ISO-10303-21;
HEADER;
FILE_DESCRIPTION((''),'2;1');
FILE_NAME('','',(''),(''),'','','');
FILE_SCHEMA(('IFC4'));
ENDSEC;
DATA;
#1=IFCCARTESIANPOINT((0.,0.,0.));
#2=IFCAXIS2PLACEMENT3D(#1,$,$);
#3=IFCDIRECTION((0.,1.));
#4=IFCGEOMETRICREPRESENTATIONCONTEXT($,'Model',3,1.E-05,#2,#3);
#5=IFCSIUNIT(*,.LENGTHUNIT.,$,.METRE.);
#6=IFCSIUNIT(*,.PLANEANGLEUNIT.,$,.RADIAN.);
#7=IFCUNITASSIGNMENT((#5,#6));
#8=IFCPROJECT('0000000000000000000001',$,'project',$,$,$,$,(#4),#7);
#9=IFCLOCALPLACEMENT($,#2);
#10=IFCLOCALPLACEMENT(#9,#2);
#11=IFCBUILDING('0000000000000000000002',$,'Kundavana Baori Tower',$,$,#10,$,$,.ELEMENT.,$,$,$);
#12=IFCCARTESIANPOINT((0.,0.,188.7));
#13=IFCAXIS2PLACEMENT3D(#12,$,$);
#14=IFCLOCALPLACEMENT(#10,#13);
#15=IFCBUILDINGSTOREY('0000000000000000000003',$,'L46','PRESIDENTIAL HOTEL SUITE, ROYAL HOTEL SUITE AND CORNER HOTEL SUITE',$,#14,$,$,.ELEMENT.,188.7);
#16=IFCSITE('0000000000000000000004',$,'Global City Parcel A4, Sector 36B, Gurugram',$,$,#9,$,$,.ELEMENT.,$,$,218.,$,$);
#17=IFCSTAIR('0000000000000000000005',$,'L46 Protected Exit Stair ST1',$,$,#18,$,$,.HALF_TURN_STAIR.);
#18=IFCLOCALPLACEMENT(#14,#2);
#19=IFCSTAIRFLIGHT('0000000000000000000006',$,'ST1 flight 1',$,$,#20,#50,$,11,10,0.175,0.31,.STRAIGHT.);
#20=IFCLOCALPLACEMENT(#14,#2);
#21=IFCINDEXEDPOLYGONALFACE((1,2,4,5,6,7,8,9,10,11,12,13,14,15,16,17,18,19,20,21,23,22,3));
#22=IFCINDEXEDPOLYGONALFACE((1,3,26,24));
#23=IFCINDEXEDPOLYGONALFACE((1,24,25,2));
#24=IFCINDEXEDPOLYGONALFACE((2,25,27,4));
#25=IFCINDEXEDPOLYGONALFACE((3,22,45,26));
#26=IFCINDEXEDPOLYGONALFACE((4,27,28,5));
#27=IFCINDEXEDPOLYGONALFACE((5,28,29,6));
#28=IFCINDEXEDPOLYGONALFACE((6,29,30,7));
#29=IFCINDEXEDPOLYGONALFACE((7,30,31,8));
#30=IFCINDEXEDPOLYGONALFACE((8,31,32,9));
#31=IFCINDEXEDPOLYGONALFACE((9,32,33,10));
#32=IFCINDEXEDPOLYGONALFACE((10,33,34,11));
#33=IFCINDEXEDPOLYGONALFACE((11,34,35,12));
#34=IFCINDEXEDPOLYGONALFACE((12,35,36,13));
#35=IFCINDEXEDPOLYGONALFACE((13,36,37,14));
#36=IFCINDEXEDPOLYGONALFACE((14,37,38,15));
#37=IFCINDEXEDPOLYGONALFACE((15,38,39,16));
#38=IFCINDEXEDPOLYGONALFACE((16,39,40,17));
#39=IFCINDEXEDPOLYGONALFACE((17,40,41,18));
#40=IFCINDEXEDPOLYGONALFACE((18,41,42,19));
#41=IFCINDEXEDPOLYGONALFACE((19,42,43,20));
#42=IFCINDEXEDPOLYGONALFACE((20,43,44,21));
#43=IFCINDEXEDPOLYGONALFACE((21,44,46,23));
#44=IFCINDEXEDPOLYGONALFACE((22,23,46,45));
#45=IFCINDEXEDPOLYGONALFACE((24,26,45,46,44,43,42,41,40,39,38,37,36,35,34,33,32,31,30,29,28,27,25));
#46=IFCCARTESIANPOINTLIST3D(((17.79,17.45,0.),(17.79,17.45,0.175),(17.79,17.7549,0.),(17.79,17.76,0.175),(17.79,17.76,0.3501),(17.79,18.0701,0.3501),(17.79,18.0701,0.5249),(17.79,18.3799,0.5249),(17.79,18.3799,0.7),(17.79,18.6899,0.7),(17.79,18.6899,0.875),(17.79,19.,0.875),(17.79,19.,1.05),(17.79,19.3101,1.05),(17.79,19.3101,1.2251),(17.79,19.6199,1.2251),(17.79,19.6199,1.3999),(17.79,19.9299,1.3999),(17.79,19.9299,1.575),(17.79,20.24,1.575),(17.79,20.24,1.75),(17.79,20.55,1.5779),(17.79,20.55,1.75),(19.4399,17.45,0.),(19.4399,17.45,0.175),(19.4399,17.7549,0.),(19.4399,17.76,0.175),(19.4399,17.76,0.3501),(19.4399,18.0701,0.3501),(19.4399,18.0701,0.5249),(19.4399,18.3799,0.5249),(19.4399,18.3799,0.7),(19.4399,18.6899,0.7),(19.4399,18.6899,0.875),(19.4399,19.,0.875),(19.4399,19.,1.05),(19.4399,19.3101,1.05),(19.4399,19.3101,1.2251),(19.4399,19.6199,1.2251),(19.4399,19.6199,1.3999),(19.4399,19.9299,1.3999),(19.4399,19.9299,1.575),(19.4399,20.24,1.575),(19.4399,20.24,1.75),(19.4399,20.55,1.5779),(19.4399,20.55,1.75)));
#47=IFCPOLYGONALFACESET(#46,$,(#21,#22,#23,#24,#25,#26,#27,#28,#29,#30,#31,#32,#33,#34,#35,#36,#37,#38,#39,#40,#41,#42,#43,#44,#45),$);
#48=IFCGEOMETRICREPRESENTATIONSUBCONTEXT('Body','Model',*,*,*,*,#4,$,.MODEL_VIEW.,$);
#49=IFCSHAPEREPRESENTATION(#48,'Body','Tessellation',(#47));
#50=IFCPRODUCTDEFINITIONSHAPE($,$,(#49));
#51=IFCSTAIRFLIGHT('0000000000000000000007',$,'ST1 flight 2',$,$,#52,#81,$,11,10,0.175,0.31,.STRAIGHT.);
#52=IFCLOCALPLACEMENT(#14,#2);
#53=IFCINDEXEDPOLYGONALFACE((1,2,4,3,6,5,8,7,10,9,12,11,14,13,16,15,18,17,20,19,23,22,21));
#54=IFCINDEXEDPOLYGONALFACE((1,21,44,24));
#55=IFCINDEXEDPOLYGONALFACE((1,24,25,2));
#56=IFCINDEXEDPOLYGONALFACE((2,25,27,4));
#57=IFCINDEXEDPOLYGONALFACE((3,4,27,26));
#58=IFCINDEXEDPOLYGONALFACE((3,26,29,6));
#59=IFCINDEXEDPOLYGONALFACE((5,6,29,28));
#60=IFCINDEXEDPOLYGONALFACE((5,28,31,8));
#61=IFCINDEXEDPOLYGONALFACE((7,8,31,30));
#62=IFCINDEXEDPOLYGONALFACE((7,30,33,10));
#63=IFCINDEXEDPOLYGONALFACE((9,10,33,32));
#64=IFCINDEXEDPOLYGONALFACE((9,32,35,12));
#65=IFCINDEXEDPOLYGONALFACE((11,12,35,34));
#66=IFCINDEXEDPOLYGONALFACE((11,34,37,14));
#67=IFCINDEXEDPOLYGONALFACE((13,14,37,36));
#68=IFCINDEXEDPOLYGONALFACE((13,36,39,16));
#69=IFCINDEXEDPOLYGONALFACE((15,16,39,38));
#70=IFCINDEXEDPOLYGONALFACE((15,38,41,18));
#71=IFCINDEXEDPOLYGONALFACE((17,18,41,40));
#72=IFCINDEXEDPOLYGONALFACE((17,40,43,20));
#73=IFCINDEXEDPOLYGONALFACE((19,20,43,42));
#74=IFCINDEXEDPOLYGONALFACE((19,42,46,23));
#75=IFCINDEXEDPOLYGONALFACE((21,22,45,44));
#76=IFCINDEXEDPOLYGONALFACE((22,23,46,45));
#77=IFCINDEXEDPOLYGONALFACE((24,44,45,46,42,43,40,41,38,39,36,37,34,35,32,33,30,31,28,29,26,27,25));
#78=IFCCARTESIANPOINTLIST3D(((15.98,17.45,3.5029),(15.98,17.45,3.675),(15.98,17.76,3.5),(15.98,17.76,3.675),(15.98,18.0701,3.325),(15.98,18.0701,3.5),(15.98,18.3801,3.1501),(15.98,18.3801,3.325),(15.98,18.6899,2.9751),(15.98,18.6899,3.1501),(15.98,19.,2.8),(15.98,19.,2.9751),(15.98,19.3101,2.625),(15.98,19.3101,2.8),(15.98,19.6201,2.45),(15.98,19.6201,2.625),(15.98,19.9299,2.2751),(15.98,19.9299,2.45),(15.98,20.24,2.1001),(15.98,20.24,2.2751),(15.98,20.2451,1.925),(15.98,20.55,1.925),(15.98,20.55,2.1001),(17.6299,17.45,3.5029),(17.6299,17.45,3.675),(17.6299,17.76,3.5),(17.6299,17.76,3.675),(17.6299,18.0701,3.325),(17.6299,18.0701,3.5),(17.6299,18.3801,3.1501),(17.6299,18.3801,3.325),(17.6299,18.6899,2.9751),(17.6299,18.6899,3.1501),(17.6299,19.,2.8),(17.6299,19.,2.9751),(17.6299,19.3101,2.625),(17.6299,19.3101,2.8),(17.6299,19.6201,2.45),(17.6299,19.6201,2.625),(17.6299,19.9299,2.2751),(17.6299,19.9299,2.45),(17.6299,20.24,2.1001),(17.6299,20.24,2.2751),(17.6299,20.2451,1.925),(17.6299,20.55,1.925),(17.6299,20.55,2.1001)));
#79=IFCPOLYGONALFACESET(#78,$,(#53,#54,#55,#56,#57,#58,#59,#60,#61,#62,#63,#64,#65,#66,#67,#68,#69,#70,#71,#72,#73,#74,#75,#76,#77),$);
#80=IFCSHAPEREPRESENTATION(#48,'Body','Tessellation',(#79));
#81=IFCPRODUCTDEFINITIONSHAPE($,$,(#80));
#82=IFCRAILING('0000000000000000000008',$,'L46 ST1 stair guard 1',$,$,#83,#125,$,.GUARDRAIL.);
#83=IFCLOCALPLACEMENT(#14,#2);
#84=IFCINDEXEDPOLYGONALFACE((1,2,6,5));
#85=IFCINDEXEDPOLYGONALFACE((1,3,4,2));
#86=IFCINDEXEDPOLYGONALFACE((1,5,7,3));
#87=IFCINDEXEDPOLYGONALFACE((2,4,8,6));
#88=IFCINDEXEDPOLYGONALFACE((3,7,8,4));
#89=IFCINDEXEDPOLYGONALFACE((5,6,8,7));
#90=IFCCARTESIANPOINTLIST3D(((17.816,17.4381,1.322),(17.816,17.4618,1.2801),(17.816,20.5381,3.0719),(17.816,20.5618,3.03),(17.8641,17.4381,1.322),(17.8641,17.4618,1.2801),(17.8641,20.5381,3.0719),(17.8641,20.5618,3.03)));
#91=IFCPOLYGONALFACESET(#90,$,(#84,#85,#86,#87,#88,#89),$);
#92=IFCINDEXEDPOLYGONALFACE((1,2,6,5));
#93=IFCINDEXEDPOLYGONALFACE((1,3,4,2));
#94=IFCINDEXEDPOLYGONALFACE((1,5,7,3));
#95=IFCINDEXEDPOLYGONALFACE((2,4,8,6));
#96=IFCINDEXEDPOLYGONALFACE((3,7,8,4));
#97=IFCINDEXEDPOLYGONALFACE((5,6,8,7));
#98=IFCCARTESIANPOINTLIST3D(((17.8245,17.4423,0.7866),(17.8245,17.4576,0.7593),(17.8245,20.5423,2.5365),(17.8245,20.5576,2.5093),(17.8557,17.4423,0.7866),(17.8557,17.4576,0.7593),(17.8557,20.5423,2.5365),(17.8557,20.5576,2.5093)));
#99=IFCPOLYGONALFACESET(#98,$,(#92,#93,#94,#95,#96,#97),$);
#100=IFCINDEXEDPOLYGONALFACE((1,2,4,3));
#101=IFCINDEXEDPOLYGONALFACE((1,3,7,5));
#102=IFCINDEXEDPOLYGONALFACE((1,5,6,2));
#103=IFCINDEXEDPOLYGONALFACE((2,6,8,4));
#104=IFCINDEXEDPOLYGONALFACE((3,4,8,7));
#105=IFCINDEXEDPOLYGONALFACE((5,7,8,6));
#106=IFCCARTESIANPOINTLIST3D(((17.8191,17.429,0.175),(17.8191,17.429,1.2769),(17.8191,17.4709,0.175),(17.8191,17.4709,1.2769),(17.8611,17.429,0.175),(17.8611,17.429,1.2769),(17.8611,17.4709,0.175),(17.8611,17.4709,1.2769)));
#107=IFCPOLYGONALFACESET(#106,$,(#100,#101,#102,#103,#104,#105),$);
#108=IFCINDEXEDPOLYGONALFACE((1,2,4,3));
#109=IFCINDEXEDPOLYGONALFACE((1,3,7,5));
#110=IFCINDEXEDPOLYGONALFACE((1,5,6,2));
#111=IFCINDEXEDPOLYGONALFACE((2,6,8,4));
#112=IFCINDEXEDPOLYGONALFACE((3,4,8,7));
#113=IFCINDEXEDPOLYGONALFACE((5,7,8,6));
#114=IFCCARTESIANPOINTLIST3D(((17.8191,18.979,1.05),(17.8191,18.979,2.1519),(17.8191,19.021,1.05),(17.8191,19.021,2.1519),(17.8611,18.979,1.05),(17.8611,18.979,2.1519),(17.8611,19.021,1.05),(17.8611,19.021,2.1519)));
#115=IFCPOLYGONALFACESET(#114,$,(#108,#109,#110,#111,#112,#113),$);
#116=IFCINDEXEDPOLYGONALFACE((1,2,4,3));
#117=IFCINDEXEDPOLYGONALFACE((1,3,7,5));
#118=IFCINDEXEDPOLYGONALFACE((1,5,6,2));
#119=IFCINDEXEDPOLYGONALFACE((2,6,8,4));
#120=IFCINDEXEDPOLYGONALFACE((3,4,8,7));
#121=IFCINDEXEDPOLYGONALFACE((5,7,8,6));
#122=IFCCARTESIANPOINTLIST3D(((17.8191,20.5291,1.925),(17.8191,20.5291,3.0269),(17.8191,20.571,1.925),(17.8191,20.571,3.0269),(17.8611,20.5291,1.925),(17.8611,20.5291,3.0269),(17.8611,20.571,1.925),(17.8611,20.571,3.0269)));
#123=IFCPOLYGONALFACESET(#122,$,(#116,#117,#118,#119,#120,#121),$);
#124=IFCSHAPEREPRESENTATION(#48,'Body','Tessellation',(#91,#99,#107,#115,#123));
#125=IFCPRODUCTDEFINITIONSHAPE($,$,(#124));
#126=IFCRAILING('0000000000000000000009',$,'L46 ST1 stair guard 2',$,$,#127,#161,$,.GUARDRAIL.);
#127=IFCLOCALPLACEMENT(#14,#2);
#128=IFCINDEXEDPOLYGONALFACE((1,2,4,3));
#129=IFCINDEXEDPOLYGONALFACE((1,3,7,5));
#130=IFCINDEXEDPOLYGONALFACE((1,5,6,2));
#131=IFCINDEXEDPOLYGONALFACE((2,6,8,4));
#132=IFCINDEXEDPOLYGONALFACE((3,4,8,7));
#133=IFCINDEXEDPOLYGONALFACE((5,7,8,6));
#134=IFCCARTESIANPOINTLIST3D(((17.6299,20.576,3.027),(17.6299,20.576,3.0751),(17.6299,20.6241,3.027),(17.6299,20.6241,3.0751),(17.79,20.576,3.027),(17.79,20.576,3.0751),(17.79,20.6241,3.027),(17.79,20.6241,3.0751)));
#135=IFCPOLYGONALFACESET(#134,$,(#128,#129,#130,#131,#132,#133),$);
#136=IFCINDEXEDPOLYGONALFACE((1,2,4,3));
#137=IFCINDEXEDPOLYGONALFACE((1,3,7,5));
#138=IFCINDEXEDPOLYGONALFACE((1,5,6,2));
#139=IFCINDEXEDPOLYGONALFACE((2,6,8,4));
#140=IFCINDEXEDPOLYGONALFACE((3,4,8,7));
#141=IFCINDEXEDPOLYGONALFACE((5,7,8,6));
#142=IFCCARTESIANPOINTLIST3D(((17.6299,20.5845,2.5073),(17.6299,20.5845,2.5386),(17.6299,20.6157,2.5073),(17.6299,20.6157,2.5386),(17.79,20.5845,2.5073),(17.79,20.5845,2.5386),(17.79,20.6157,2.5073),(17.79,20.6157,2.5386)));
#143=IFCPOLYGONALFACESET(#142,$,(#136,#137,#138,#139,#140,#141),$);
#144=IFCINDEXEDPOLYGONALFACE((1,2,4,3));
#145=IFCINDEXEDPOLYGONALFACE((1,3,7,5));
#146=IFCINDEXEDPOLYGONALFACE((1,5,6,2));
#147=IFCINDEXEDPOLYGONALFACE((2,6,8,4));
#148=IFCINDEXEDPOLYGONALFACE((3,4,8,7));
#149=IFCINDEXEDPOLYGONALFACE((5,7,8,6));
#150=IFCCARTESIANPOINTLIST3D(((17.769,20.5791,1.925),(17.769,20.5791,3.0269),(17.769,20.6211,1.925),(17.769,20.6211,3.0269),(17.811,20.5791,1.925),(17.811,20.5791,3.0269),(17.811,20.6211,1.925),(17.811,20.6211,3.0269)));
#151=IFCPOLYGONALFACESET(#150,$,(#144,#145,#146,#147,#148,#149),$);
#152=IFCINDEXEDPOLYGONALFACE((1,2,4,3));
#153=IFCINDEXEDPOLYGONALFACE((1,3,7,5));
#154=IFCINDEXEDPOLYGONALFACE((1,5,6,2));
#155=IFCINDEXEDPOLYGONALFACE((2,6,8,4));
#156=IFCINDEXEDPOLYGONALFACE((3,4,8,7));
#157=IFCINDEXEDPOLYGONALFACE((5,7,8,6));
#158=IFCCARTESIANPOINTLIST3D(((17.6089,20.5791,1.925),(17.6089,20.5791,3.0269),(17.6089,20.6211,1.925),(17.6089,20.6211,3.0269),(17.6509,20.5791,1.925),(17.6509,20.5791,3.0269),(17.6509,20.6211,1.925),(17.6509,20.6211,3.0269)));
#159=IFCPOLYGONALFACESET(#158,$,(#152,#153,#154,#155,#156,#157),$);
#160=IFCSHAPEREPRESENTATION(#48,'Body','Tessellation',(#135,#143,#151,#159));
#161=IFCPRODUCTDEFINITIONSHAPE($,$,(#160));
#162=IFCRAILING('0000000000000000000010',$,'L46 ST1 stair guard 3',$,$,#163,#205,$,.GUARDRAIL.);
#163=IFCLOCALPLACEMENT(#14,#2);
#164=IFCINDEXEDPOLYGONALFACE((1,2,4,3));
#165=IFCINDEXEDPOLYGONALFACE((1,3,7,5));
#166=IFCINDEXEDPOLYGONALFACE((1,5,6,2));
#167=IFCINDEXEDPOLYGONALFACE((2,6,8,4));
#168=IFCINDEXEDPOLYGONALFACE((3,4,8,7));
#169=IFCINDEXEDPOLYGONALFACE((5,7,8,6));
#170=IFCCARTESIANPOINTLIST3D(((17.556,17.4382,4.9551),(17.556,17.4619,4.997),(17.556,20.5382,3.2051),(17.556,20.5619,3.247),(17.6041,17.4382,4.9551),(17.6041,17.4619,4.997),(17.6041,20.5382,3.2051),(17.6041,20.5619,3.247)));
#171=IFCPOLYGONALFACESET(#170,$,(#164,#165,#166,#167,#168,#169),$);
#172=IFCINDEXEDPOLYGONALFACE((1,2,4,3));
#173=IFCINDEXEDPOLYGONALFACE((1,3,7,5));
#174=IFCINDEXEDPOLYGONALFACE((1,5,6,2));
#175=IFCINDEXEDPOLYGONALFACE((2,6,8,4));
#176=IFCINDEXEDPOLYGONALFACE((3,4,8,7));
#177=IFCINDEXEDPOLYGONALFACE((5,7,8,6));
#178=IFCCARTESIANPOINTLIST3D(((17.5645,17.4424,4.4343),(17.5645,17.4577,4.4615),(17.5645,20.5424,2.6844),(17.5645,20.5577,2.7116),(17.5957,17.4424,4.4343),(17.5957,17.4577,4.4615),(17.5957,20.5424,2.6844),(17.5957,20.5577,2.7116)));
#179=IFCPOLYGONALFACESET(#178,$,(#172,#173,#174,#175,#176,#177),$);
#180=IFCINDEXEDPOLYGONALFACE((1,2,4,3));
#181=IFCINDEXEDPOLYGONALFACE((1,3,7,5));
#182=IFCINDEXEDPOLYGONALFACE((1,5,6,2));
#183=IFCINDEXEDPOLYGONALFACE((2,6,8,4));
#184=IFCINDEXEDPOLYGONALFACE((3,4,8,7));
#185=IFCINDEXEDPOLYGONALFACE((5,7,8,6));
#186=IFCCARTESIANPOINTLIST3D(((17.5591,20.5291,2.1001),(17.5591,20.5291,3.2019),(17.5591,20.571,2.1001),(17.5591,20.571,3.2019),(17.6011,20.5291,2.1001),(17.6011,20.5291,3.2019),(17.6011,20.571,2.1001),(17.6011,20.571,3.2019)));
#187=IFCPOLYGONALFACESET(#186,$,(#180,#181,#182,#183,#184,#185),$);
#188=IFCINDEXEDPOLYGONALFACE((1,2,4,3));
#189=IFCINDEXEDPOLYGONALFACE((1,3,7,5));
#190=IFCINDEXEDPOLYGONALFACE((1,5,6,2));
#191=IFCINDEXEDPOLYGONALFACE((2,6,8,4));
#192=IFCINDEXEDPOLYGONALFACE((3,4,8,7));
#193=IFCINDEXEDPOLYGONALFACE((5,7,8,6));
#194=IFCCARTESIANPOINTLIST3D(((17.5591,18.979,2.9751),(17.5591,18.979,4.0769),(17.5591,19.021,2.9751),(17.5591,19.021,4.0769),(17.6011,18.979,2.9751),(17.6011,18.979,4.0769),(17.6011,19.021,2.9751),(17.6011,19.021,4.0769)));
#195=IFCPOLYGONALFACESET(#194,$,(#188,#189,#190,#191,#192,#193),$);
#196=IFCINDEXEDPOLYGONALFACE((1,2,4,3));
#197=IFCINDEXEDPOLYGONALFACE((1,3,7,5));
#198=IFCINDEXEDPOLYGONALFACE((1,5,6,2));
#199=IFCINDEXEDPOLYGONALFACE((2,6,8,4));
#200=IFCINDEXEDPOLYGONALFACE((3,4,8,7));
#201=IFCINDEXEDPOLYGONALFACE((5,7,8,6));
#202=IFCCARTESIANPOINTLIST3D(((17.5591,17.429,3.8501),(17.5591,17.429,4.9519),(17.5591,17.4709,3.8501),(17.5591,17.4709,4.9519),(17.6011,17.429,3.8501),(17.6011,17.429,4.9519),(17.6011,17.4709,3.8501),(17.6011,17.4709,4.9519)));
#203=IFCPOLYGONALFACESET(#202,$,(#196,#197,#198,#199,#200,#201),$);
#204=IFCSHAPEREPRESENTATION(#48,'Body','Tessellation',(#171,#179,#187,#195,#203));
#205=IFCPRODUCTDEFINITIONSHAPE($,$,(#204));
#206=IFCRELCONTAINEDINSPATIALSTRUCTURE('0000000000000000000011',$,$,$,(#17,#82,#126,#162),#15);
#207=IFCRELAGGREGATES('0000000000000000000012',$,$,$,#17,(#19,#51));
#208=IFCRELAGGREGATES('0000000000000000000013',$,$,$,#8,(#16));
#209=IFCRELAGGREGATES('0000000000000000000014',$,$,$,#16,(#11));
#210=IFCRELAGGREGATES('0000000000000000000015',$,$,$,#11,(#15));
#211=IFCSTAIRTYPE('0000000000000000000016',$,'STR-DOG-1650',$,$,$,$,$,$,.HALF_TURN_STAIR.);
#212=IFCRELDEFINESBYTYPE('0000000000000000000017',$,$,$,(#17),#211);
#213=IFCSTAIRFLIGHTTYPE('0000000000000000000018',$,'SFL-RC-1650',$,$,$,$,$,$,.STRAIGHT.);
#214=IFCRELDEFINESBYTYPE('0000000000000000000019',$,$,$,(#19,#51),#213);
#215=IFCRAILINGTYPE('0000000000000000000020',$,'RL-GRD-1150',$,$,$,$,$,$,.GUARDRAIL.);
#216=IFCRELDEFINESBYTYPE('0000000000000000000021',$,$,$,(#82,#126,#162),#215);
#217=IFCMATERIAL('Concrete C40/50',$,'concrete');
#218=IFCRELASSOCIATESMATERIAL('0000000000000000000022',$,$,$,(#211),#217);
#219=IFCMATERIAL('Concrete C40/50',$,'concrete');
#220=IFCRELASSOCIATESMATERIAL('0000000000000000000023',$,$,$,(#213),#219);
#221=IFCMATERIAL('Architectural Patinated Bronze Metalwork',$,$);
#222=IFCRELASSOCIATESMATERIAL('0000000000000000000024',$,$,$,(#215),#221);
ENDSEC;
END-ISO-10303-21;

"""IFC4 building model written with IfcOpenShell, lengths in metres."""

from ifc_helpers import new_model, si_unit, direction, frame, origin, origin_2d, place, context, subcontext, project, spatial, polyline, rectangle, outline, extrude, material, type_object, element, aggregate, save


model = new_model("IFC4")

# Units and contexts
model_context = context("Model", 3, precision=1e-05, world=origin(), true_north=direction((0.0, 1.0)))
body_context = subcontext(model_context, "Body", "Model", "MODEL_VIEW")
ifc_project = project(units=[si_unit("LENGTHUNIT", "METRE"), si_unit("PLANEANGLEUNIT", "RADIAN")], contexts=[model_context])

# Site, building, storey
site_placement = place(None, origin())
site = spatial("IfcSite", under=ifc_project, at=site_placement, Name="Global City Parcel A4, Sector 36B, Gurugram", CompositionType="ELEMENT", RefElevation=218.0)
building_placement = place(site_placement, origin())
building = spatial("IfcBuilding", under=site, at=building_placement, Name="Kundavana Baori Tower", CompositionType="ELEMENT")
storey_placement = place(building_placement, frame((0.0, 0.0, 188.7)))
storey = spatial("IfcBuildingStorey", under=building, at=storey_placement, Name="L46", Description="PRESIDENTIAL HOTEL SUITE, ROYAL HOTEL SUITE AND CORNER HOTEL SUITE", CompositionType="ELEMENT", Elevation=188.7)

# Stair, stair flights
ifc_material_1 = material(Name="Concrete C40/50", Category="concrete")
stair_type = type_object("IfcStairType", Name="STR-DOG-1650", PredefinedType="HALF_TURN_STAIR", material=ifc_material_1)
stair_placement = place(storey_placement, origin())
stair = element("IfcStair", 1, at=stair_placement, inside=storey, type_object=stair_type, Name="L46 Protected Exit Stair ST1", PredefinedType="HALF_TURN_STAIR")
ifc_material_2 = material(Name="Concrete C40/50", Category="concrete")
stair_flight_type = type_object("IfcStairFlightType", Name="SFL-RC-1650", PredefinedType="STRAIGHT", material=ifc_material_2)
stair_flight_1_placement = place(storey_placement, frame((18.615, 17.45, 0.0), z_axis=(0.0, 0.0, 1.0), x_axis=(0.0, 1.0, 0.0)))
stair_flight_1 = element("IfcStairFlight", 2, at=stair_flight_1_placement, type_object=stair_flight_type, Name="ST1 flight 1", NumberOfRisers=11, NumberOfTreads=10, PredefinedType="STRAIGHT", RiserHeight=0.175, TreadLength=0.31, context=body_context, shape_type="SweptSolid", body=[
    extrude(outline(polyline([(0.0, 0.0), (0.0, 0.175), (0.3101, 0.175), (0.3101, 0.3501), (0.6201, 0.3501), (0.6201, 0.5249), (0.9299, 0.5249), (0.9299, 0.7), (1.24, 0.7), (1.24, 0.875), (1.55, 0.875), (1.55, 1.05), (1.8601, 1.05), (1.8601, 1.2251), (2.1699, 1.2251), (2.1699, 1.3999), (2.48, 1.3999), (2.48, 1.575), (2.79, 1.575), (2.79, 1.75), (3.1001, 1.75), (3.1001, 1.925), (3.1001, 1.5779), (0.3049, 0.0), (0.0, 0.0)])), frame((0.0, 0.825, 0.0), z_axis=(0.0, -1.0, 0.0), x_axis=(1.0, 0.0, 0.0)), (0.0, 0.0, 1.0), 1.6499),
])
stair_flight_2_placement = place(storey_placement, frame((16.8049, 20.55, 1.925), z_axis=(0.0, 0.0, 1.0), x_axis=(0.0, -1.0, 0.0)))
stair_flight_2 = element("IfcStairFlight", 3, at=stair_flight_2_placement, type_object=stair_flight_type, Name="ST1 flight 2", NumberOfRisers=11, NumberOfTreads=10, PredefinedType="STRAIGHT", RiserHeight=0.175, TreadLength=0.31, context=body_context, shape_type="SweptSolid", body=[
    extrude(outline(polyline([(0.0, 0.0), (0.0, 0.175), (0.3101, 0.175), (0.3101, 0.3501), (0.6201, 0.3501), (0.6201, 0.5249), (0.9299, 0.5249), (0.9299, 0.7), (1.24, 0.7), (1.24, 0.875), (1.55, 0.875), (1.55, 1.05), (1.8601, 1.05), (1.8601, 1.2251), (2.1699, 1.2251), (2.1699, 1.3999), (2.48, 1.3999), (2.48, 1.575), (2.79, 1.575), (2.79, 1.75), (3.1001, 1.75), (3.1001, 1.925), (3.1001, 1.5779), (0.3049, 0.0), (0.0, 0.0)])), frame((0.0, 0.825, 0.0), z_axis=(0.0, -1.0, 0.0), x_axis=(1.0, 0.0, 0.0)), (0.0, 0.0, 1.0), 1.6499),
])
aggregate(stair, [stair_flight_1, stair_flight_2])

# Railings
ifc_material_3 = material(Name="Architectural Patinated Bronze Metalwork")
railing_type_1 = type_object("IfcRailingType", Name="RL-GRD-1150", PredefinedType="GUARDRAIL", material=ifc_material_3)
railing_1_placement = place(storey_placement, frame((17.8401, 17.45, 0.175)))
element("IfcRailing", 4, at=railing_1_placement, inside=storey, type_object=railing_type_1, Name="L46 ST1 stair guard 1", PredefinedType="GUARDRAIL", context=body_context, shape_type="SweptSolid", body=[
    extrude(rectangle(XDim=0.0481, YDim=0.0481, at=origin_2d()), frame((0.0, 0.0, 1.126), z_axis=(0.0, 0.870831, 0.491583), x_axis=(-1.0, 0.0, 0.0)), (0.0, 0.0, 1.0), 3.5598),
    extrude(rectangle(XDim=0.0312, YDim=0.0312, at=origin_2d()), frame((0.0, 0.0, 0.5979), z_axis=(0.0, 0.870831, 0.491583), x_axis=(-1.0, 0.0, 0.0)), (0.0, 0.0, 1.0), 3.5598),
    extrude(rectangle(XDim=0.042, YDim=0.042, at=origin_2d()), origin(), (0.0, 0.0, 1.0), 1.1018),
    extrude(rectangle(XDim=0.042, YDim=0.042, at=origin_2d()), frame((0.0, 1.55, 0.875)), (0.0, 0.0, 1.0), 1.1018),
    extrude(rectangle(XDim=0.042, YDim=0.042, at=origin_2d()), frame((0.0, 3.1001, 1.75)), (0.0, 0.0, 1.0), 1.1018),
])
railing_2_placement = place(storey_placement, frame((17.79, 20.6001, 1.925)))
element("IfcRailing", 5, at=railing_2_placement, inside=storey, type_object=railing_type_1, Name="L46 ST1 stair guard 2", PredefinedType="GUARDRAIL", context=body_context, shape_type="SweptSolid", body=[
    extrude(rectangle(XDim=0.0481, YDim=0.0481, at=origin_2d()), frame((0.0, 0.0, 1.126), z_axis=(-1.0, 0.0, 0.0), x_axis=(0.0, -1.0, 0.0)), (0.0, 0.0, 1.0), 0.1602),
    extrude(rectangle(XDim=0.0312, YDim=0.0312, at=origin_2d()), frame((0.0, 0.0, 0.5979), z_axis=(-1.0, 0.0, 0.0), x_axis=(0.0, -1.0, 0.0)), (0.0, 0.0, 1.0), 0.1602),
    extrude(rectangle(XDim=0.042, YDim=0.042, at=origin_2d()), origin(), (0.0, 0.0, 1.0), 1.1018),
    extrude(rectangle(XDim=0.042, YDim=0.042, at=origin_2d()), frame((-0.1602, 0.0, 0.0)), (0.0, 0.0, 1.0), 1.1018),
])
railing_3_placement = place(storey_placement, frame((17.5801, 20.55, 2.1001)))
element("IfcRailing", 6, at=railing_3_placement, inside=storey, type_object=railing_type_1, Name="L46 ST1 stair guard 3", PredefinedType="GUARDRAIL", context=body_context, shape_type="SweptSolid", body=[
    extrude(rectangle(XDim=0.0481, YDim=0.0481, at=origin_2d()), frame((0.0, 0.0, 1.126), z_axis=(0.0, -0.870831, 0.491583), x_axis=(1.0, 0.0, 0.0)), (0.0, 0.0, 1.0), 3.5598),
    extrude(rectangle(XDim=0.0312, YDim=0.0312, at=origin_2d()), frame((0.0, 0.0, 0.5979), z_axis=(0.0, -0.870831, 0.491583), x_axis=(1.0, 0.0, 0.0)), (0.0, 0.0, 1.0), 3.5598),
    extrude(rectangle(XDim=0.042, YDim=0.042, at=origin_2d()), origin(), (0.0, 0.0, 1.0), 1.1018),
    extrude(rectangle(XDim=0.042, YDim=0.042, at=origin_2d()), frame((0.0, -1.55, 0.875)), (0.0, 0.0, 1.0), 1.1018),
    extrude(rectangle(XDim=0.042, YDim=0.042, at=origin_2d()), frame((0.0, -3.1001, 1.75)), (0.0, 0.0, 1.0), 1.1018),
])

save(model, "model.ifc")
